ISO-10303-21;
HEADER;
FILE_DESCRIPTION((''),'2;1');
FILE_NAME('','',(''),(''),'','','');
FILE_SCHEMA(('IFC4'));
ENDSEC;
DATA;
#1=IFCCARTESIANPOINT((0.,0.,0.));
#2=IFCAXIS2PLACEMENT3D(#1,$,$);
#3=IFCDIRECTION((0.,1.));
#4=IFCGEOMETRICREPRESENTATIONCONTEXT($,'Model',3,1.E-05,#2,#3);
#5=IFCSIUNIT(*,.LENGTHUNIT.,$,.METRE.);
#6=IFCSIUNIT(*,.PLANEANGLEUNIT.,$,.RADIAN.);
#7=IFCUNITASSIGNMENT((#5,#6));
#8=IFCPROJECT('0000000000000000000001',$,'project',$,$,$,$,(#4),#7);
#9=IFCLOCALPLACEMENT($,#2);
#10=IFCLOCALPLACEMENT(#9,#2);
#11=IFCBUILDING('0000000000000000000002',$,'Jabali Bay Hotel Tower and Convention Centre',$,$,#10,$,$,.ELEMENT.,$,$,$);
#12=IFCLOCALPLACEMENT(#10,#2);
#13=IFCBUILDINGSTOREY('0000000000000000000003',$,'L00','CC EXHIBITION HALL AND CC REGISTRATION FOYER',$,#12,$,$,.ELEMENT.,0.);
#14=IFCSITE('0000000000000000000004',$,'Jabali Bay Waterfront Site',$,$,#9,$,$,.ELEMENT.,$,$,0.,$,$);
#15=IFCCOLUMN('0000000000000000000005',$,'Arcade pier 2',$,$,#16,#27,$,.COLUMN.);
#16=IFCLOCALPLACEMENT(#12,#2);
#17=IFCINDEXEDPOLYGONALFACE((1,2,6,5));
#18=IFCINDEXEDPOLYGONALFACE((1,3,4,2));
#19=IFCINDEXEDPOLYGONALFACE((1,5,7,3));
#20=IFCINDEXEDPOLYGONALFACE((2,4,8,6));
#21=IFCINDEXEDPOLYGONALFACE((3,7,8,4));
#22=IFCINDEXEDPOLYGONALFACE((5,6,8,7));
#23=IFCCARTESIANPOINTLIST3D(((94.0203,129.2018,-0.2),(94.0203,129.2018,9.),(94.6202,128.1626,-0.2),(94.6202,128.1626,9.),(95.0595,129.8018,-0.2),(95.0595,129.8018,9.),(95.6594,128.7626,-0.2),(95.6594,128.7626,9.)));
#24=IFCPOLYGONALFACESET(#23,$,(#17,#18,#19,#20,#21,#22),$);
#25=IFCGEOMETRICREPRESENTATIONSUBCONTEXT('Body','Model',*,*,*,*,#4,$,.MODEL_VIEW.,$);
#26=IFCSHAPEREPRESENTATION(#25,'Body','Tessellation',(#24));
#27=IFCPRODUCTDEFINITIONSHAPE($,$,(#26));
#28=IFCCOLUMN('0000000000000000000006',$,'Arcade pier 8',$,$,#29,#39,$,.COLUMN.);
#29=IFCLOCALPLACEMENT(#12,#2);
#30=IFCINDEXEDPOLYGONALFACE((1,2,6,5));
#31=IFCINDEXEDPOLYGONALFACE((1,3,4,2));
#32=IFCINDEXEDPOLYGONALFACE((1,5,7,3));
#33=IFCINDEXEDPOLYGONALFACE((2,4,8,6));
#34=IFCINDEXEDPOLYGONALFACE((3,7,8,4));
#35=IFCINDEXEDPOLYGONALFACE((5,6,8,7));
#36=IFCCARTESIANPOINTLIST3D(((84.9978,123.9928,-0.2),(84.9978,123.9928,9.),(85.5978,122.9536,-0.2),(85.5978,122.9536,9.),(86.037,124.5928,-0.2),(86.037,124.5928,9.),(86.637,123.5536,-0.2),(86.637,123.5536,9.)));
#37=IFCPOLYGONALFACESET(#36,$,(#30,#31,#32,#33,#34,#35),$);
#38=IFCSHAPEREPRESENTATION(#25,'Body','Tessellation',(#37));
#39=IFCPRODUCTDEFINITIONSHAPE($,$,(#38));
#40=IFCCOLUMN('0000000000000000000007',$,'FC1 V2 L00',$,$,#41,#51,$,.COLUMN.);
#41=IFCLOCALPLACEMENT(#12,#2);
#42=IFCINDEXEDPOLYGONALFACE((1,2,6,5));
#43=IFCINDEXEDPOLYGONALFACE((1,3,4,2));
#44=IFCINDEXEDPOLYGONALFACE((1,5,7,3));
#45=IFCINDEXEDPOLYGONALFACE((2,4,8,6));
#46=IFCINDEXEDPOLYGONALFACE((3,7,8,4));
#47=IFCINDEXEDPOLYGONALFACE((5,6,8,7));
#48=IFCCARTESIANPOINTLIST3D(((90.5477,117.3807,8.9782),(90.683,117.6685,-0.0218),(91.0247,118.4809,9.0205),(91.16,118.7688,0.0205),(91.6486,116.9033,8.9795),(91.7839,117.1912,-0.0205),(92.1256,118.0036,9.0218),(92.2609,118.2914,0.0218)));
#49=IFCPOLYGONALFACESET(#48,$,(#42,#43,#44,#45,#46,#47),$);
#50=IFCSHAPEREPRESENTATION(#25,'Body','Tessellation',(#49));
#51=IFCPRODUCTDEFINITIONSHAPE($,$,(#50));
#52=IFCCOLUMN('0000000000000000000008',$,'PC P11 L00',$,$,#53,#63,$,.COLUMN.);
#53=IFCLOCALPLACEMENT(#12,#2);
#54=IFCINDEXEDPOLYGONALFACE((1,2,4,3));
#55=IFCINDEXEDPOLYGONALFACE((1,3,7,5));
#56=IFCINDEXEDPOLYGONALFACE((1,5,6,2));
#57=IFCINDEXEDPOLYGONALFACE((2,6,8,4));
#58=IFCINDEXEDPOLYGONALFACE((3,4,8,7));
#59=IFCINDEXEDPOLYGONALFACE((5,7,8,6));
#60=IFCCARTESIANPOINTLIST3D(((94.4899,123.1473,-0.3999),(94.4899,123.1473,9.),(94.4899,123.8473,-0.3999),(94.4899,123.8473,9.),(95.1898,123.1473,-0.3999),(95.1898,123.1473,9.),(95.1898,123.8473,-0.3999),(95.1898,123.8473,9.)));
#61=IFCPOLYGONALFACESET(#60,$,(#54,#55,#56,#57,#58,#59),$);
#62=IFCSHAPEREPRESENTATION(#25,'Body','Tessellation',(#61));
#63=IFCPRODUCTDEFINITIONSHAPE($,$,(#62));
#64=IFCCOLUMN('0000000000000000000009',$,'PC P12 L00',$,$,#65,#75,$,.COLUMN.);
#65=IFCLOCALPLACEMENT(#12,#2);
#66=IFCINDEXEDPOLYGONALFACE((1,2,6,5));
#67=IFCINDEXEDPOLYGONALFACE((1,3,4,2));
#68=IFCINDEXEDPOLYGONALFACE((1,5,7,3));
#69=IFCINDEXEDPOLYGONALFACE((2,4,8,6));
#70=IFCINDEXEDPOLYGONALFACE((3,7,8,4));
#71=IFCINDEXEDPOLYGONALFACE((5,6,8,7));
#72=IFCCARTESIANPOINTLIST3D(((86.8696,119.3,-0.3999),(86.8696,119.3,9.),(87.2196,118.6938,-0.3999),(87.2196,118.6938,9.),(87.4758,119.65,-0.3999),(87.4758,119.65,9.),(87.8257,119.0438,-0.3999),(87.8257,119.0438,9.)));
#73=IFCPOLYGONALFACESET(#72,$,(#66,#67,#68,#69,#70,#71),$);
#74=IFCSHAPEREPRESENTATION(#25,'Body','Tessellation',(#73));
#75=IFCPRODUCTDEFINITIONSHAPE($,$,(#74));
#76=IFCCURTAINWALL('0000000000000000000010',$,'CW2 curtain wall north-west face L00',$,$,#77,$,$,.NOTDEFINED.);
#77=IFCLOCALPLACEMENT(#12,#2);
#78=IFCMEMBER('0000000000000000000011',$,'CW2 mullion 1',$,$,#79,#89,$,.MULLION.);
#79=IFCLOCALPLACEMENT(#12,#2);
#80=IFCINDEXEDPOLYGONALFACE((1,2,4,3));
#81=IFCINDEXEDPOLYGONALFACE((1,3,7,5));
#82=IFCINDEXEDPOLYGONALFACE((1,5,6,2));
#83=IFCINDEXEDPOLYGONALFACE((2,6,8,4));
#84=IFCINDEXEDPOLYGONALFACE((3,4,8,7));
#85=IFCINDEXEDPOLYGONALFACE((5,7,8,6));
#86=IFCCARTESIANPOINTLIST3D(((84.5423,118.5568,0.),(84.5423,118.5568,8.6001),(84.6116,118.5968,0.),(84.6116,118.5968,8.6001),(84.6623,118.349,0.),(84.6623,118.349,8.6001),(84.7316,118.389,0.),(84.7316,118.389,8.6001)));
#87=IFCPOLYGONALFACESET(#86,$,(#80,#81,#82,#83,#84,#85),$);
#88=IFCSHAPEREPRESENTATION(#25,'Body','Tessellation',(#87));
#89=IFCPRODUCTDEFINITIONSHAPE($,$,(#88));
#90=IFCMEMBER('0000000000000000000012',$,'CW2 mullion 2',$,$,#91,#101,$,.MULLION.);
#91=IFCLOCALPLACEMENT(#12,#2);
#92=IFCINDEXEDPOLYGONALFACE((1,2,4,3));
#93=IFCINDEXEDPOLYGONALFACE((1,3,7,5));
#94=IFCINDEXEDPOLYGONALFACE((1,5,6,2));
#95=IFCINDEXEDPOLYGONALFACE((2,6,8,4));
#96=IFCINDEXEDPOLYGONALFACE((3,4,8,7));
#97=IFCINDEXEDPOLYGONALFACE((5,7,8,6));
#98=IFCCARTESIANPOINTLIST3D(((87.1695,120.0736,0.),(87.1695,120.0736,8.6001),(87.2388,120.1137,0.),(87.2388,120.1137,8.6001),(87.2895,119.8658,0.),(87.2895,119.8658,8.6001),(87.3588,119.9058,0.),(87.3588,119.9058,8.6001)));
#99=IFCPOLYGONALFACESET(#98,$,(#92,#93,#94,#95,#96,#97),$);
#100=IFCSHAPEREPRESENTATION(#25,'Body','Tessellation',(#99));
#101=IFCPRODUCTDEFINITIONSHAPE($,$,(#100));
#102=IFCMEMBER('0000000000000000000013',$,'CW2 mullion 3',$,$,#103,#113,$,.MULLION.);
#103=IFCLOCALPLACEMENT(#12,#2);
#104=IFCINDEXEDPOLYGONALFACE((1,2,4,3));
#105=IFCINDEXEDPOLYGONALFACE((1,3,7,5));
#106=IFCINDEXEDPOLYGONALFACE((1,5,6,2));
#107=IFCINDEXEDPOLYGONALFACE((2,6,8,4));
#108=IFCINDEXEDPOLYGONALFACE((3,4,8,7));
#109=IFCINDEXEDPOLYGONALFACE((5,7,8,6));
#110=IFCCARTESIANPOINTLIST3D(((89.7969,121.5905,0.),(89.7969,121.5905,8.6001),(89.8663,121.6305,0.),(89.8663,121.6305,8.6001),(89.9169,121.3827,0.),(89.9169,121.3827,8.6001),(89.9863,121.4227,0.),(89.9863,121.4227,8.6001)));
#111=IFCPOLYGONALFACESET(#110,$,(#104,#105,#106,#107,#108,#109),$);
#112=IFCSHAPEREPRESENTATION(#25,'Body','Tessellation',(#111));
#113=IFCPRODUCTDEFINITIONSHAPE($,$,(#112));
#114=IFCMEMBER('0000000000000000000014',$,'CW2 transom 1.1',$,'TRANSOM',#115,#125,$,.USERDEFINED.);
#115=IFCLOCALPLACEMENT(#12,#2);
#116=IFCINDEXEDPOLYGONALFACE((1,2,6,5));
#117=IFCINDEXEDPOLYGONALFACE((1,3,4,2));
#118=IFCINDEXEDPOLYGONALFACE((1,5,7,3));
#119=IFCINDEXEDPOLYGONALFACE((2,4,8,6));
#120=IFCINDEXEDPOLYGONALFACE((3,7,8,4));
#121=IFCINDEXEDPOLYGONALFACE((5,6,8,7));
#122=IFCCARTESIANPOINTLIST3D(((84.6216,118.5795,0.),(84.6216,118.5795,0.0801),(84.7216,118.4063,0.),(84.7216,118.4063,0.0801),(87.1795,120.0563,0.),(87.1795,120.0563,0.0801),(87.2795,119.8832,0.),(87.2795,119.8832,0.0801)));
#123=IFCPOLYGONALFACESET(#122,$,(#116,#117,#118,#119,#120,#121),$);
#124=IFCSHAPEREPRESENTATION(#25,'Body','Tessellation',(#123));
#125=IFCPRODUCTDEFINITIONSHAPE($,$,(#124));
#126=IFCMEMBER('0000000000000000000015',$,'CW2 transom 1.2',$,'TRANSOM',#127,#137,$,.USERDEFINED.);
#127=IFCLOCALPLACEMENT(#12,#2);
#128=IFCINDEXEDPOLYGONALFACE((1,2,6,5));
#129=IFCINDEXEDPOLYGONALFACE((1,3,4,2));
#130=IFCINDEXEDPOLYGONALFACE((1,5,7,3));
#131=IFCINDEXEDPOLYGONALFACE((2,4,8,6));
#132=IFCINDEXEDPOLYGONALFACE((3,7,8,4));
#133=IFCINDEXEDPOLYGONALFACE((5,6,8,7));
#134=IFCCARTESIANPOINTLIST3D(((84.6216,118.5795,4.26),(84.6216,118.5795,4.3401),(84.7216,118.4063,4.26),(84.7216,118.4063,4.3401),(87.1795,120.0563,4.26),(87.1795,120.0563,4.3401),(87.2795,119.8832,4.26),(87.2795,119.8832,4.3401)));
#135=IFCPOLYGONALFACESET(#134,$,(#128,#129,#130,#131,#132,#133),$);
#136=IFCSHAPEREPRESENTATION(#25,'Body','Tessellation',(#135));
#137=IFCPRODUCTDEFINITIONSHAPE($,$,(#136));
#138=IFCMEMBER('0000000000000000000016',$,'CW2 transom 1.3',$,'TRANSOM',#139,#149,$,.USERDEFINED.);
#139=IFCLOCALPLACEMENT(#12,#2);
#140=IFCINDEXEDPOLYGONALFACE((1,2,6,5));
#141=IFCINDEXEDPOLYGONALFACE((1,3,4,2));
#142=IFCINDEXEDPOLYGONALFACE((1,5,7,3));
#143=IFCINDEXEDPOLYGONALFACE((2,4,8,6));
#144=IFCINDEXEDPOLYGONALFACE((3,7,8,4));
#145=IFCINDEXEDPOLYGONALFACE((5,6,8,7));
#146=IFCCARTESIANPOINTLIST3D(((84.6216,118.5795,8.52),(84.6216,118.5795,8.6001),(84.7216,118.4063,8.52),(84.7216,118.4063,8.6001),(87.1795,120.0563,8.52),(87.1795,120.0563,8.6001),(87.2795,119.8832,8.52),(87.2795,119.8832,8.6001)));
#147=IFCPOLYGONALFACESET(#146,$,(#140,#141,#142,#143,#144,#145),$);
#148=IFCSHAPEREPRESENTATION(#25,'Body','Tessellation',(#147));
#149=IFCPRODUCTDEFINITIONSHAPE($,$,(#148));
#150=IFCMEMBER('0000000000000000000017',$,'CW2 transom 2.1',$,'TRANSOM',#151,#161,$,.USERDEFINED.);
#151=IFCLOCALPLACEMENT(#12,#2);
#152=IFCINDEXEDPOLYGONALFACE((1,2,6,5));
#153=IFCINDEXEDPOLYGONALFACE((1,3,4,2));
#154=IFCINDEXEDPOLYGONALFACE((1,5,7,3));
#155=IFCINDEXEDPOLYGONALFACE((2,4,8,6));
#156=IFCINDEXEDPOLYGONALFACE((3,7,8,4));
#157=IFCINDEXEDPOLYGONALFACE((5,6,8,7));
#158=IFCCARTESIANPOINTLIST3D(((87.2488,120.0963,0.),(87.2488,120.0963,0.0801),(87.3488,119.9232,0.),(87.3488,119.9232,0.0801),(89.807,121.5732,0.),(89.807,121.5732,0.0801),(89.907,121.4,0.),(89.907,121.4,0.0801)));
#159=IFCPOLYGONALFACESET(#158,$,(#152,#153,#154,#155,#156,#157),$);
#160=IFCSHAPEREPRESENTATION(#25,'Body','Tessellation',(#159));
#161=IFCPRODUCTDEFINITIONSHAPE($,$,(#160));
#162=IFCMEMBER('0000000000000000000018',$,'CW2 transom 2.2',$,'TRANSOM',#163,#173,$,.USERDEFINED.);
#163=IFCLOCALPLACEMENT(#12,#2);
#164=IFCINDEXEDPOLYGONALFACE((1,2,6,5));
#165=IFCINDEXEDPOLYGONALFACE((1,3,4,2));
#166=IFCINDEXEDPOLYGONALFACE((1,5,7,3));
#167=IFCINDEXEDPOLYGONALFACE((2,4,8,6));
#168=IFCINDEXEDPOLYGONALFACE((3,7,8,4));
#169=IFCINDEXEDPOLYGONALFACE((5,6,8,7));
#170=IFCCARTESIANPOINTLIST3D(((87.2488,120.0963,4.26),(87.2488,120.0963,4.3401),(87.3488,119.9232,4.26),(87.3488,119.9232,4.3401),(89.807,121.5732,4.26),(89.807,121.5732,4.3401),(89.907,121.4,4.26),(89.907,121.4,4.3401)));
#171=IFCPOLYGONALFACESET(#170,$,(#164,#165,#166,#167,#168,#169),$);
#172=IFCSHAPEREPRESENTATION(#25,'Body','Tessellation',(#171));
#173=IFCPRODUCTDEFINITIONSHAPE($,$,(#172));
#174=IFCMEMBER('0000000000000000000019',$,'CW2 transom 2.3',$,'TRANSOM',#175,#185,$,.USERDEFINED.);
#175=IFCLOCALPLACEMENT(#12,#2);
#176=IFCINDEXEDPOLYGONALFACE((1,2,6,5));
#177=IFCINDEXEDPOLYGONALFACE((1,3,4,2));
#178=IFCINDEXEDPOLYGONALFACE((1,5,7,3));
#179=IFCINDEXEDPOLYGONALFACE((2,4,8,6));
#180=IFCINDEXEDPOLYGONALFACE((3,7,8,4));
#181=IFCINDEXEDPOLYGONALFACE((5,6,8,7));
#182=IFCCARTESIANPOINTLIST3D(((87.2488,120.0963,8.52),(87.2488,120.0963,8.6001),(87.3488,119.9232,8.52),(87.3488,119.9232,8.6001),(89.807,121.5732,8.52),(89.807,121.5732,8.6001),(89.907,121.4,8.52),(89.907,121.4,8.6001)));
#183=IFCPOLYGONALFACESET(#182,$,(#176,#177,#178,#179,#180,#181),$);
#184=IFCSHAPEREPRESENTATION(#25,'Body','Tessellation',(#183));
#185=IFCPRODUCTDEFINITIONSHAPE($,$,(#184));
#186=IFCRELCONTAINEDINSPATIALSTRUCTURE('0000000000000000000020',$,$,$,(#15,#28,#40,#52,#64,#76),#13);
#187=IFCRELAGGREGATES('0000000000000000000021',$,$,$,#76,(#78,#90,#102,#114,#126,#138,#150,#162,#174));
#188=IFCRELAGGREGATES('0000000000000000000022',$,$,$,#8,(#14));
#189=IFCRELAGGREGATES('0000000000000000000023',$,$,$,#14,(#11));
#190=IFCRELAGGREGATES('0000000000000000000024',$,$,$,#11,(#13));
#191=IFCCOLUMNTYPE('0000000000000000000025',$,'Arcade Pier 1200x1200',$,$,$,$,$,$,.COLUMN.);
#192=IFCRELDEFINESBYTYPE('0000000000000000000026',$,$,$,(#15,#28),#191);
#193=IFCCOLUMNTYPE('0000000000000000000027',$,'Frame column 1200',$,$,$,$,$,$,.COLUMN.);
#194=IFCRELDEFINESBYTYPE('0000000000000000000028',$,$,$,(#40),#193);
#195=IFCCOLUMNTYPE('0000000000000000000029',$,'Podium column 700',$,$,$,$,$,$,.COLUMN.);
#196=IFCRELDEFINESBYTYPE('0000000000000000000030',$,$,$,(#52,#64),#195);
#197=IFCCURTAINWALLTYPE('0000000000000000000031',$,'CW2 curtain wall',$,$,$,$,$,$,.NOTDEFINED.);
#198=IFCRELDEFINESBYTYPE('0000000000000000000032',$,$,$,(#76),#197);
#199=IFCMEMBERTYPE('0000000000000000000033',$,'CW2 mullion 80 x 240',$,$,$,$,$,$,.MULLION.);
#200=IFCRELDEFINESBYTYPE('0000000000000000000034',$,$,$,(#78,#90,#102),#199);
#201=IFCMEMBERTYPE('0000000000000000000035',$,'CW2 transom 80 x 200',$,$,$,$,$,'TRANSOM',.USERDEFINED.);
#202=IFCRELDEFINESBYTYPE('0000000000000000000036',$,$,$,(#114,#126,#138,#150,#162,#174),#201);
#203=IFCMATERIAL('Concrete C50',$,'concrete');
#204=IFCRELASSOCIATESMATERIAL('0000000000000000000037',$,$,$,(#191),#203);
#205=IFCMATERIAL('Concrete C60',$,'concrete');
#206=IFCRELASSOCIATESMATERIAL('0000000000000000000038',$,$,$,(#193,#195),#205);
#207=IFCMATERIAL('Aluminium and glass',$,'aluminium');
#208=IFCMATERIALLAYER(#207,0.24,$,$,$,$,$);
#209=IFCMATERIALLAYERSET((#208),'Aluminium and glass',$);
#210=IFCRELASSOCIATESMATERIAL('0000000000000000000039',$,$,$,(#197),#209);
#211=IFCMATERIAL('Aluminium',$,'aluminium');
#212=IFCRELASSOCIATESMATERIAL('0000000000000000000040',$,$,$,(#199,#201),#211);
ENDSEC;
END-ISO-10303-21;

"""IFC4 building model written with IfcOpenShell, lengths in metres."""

from ifc_helpers import new_model, si_unit, direction, frame, origin, origin_2d, place, context, subcontext, project, spatial, rectangle, extrude, material, layer, layer_set, material_profile, profile_set, type_object, element, aggregate, save


model = new_model("IFC4")

# Units and contexts
model_context = context("Model", 3, precision=1e-05, world=origin(), true_north=direction((0.0, 1.0)))
body_context = subcontext(model_context, "Body", "Model", "MODEL_VIEW")
ifc_project = project(units=[si_unit("LENGTHUNIT", "METRE"), si_unit("PLANEANGLEUNIT", "RADIAN")], contexts=[model_context])

# Site, building, storey
site_placement = place(None, origin())
site = spatial("IfcSite", under=ifc_project, at=site_placement, Name="Jabali Bay Waterfront Site", CompositionType="ELEMENT", RefElevation=0.0)
building_placement = place(site_placement, origin())
building = spatial("IfcBuilding", under=site, at=building_placement, Name="Jabali Bay Hotel Tower and Convention Centre", CompositionType="ELEMENT")
storey_placement = place(building_placement, origin())
storey = spatial("IfcBuildingStorey", under=building, at=storey_placement, Name="L00", Description="CC EXHIBITION HALL AND CC REGISTRATION FOYER", CompositionType="ELEMENT", Elevation=0.0)

# Columns
ifc_material_1 = material(Name="Concrete C50", Category="concrete")
ifc_material_profile_1 = material_profile(ifc_material_1, rectangle(XDim=1.2, YDim=1.2, at=origin_2d()), Name="RC 1200x1200")
ifc_profile_set_1 = profile_set([ifc_material_profile_1], Name="Concrete C50")
column_type_1 = type_object("IfcColumnType", Name="Arcade Pier 1200x1200", PredefinedType="COLUMN", material=ifc_profile_set_1)
for number, where, z_axis, x_axis, name in (
    (1, (94.8398, 128.9822, -0.2), (0.0, 0.0, 1.0), (-0.866025, -0.5, 0.0), "Arcade pier 2"),
    (2, (85.8174, 123.7732, -0.2), (0.0, 0.0, 1.0), (-0.866025, -0.5, 0.0), "Arcade pier 8"),
):
    element("IfcColumn", number, at=place(storey_placement, frame(where, z_axis=z_axis, x_axis=x_axis)), inside=storey, type_object=column_type_1, Name=name, PredefinedType="COLUMN", context=body_context, shape_type="SweptSolid", body=[
        extrude(rectangle(XDim=1.2, YDim=1.2, at=origin_2d()), origin(), (0.0, 0.0, 1.0), 9.2),
    ])
ifc_material_2 = material(Name="Concrete C60", Category="concrete")
ifc_material_profile_2 = material_profile(ifc_material_2, rectangle(XDim=1.2, YDim=1.2, at=origin_2d()), Name="Frame column 1200")
ifc_profile_set_2 = profile_set([ifc_material_profile_2], Name="Concrete C60")
column_type_2 = type_object("IfcColumnType", Name="Frame column 1200", PredefinedType="COLUMN", material=ifc_profile_set_2)
column_placement = place(storey_placement, frame((91.4719, 117.98, 0.0), z_axis=(-0.015019, -0.031962, 0.999376), x_axis=(0.917465, -0.397815, 0.001065)))
element("IfcColumn", 3, at=column_placement, inside=storey, type_object=column_type_2, Name="FC1 V2 L00", PredefinedType="COLUMN", context=body_context, shape_type="SweptSolid", body=[
    extrude(rectangle(XDim=1.2, YDim=1.2, at=origin_2d()), origin(), (0.0, 0.0, 1.0), 9.0056),
])
ifc_material_profile_3 = material_profile(ifc_material_2, rectangle(XDim=0.7, YDim=0.7, at=origin_2d()), Name="Podium column 700")
ifc_profile_set_3 = profile_set([ifc_material_profile_3], Name="Concrete C60")
column_type_3 = type_object("IfcColumnType", Name="Podium column 700", PredefinedType="COLUMN", material=ifc_profile_set_3)
for number, where, z_axis, x_axis, name in (
    (4, (94.8398, 123.4973, -0.3999), (0.0, 0.0, 1.0), (0.0, 1.0, 0.0), "PC P11 L00"),
    (5, (87.3477, 119.1719, -0.3999), (0.0, 0.0, 1.0), (0.866025, 0.5, 0.0), "PC P12 L00"),
):
    element("IfcColumn", number, at=place(storey_placement, frame(where, z_axis=z_axis, x_axis=x_axis)), inside=storey, type_object=column_type_3, Name=name, PredefinedType="COLUMN", context=body_context, shape_type="SweptSolid", body=[
        extrude(rectangle(XDim=0.7, YDim=0.7, at=origin_2d()), origin(), (0.0, 0.0, 1.0), 9.3999),
    ])

# Curtain wall, members
ifc_material_3 = material(Name="Aluminium and glass", Category="aluminium")
ifc_layer_1 = layer(ifc_material_3, 0.24)
ifc_layer_set_1 = layer_set([ifc_layer_1], Name="Aluminium and glass")
curtain_wall_type = type_object("IfcCurtainWallType", Name="CW2 curtain wall", PredefinedType="NOTDEFINED", material=ifc_layer_set_1)
curtain_wall_placement = place(storey_placement, origin())
curtain_wall = element("IfcCurtainWall", 6, at=curtain_wall_placement, inside=storey, type_object=curtain_wall_type, Name="CW2 curtain wall north-west face L00", PredefinedType="NOTDEFINED")
ifc_material_4 = material(Name="Aluminium", Category="aluminium")
ifc_material_profile_4 = material_profile(ifc_material_4, rectangle(XDim=0.24, YDim=0.0801, at=origin_2d()), Name="CW2 mullion 80 x 240")
ifc_profile_set_4 = profile_set([ifc_material_profile_4], Name="Aluminium")
member_type_1 = type_object("IfcMemberType", Name="CW2 mullion 80 x 240", PredefinedType="MULLION", material=ifc_profile_set_4)
member_1_placement = place(storey_placement, frame((84.637, 118.4729, 0.0), z_axis=(0.0, 0.0, 1.0), x_axis=(-0.5, 0.866025, 0.0)))
member_1 = element("IfcMember", 7, at=member_1_placement, type_object=member_type_1, Name="CW2 mullion 1", PredefinedType="MULLION", context=body_context, shape_type="SweptSolid", body=[
    extrude(rectangle(XDim=0.24, YDim=0.0801, at=origin_2d()), origin(), (0.0, 0.0, 1.0), 8.6001),
])
member_2_placement = place(storey_placement, frame((87.2642, 119.9897, 0.0), z_axis=(0.0, 0.0, 1.0), x_axis=(-0.5, 0.866025, 0.0)))
member_2 = element("IfcMember", 8, at=member_2_placement, type_object=member_type_1, Name="CW2 mullion 2", PredefinedType="MULLION", context=body_context, shape_type="SweptSolid", body=[
    extrude(rectangle(XDim=0.24, YDim=0.0801, at=origin_2d()), origin(), (0.0, 0.0, 1.0), 8.6001),
])
member_3_placement = place(storey_placement, frame((89.8916, 121.5066, 0.0), z_axis=(0.0, 0.0, 1.0), x_axis=(-0.5, 0.866025, 0.0)))
member_3 = element("IfcMember", 9, at=member_3_placement, type_object=member_type_1, Name="CW2 mullion 3", PredefinedType="MULLION", context=body_context, shape_type="SweptSolid", body=[
    extrude(rectangle(XDim=0.24, YDim=0.0801, at=origin_2d()), origin(), (0.0, 0.0, 1.0), 8.6001),
])
ifc_material_profile_5 = material_profile(ifc_material_4, rectangle(XDim=0.2, YDim=0.0801, at=origin_2d()), Name="CW2 transom 80 x 200")
ifc_profile_set_5 = profile_set([ifc_material_profile_5], Name="Aluminium")
member_type_2 = type_object("IfcMemberType", Name="CW2 transom 80 x 200", ElementType="TRANSOM", PredefinedType="USERDEFINED", material=ifc_profile_set_5)
member_4_placement = place(storey_placement, frame((84.6716, 118.4929, 0.04), z_axis=(0.866022, 0.500006, 0.0), x_axis=(-0.500006, 0.866022, 0.0)))
member_4 = element("IfcMember", 10, at=member_4_placement, type_object=member_type_2, Name="CW2 transom 1.1", ObjectType="TRANSOM", PredefinedType="USERDEFINED", context=body_context, shape_type="SweptSolid", body=[
    extrude(rectangle(XDim=0.2, YDim=0.0801, at=origin_2d()), origin(), (0.0, 0.0, 1.0), 2.9536),
])
member_5_placement = place(storey_placement, frame((84.6716, 118.4929, 4.3), z_axis=(0.866022, 0.500006, 0.0), x_axis=(-0.500006, 0.866022, 0.0)))
member_5 = element("IfcMember", 11, at=member_5_placement, type_object=member_type_2, Name="CW2 transom 1.2", ObjectType="TRANSOM", PredefinedType="USERDEFINED", context=body_context, shape_type="SweptSolid", body=[
    extrude(rectangle(XDim=0.2, YDim=0.0801, at=origin_2d()), origin(), (0.0, 0.0, 1.0), 2.9536),
])
member_6_placement = place(storey_placement, frame((84.6716, 118.4929, 8.5601), z_axis=(0.866022, 0.500006, 0.0), x_axis=(-0.500006, 0.866022, 0.0)))
member_6 = element("IfcMember", 12, at=member_6_placement, type_object=member_type_2, Name="CW2 transom 1.3", ObjectType="TRANSOM", PredefinedType="USERDEFINED", context=body_context, shape_type="SweptSolid", body=[
    extrude(rectangle(XDim=0.2, YDim=0.0801, at=origin_2d()), origin(), (0.0, 0.0, 1.0), 2.9536),
])
member_7_placement = place(storey_placement, frame((87.2988, 120.0098, 0.04), z_axis=(0.866042, 0.49997, 0.0), x_axis=(-0.49997, 0.866042, 0.0)))
member_7 = element("IfcMember", 13, at=member_7_placement, type_object=member_type_2, Name="CW2 transom 2.1", ObjectType="TRANSOM", PredefinedType="USERDEFINED", context=body_context, shape_type="SweptSolid", body=[
    extrude(rectangle(XDim=0.2, YDim=0.0801, at=origin_2d()), origin(), (0.0, 0.0, 1.0), 2.9539),
])
member_8_placement = place(storey_placement, frame((87.2988, 120.0098, 4.3), z_axis=(0.866042, 0.49997, 0.0), x_axis=(-0.49997, 0.866042, 0.0)))
member_8 = element("IfcMember", 14, at=member_8_placement, type_object=member_type_2, Name="CW2 transom 2.2", ObjectType="TRANSOM", PredefinedType="USERDEFINED", context=body_context, shape_type="SweptSolid", body=[
    extrude(rectangle(XDim=0.2, YDim=0.0801, at=origin_2d()), origin(), (0.0, 0.0, 1.0), 2.9539),
])
member_9_placement = place(storey_placement, frame((87.2988, 120.0098, 8.5601), z_axis=(0.866042, 0.49997, 0.0), x_axis=(-0.49997, 0.866042, 0.0)))
member_9 = element("IfcMember", 15, at=member_9_placement, type_object=member_type_2, Name="CW2 transom 2.3", ObjectType="TRANSOM", PredefinedType="USERDEFINED", context=body_context, shape_type="SweptSolid", body=[
    extrude(rectangle(XDim=0.2, YDim=0.0801, at=origin_2d()), origin(), (0.0, 0.0, 1.0), 2.9539),
])
aggregate(curtain_wall, [member_1, member_2, member_3, member_4, member_5, member_6, member_7, member_8, member_9])

save(model, "model.ifc")
